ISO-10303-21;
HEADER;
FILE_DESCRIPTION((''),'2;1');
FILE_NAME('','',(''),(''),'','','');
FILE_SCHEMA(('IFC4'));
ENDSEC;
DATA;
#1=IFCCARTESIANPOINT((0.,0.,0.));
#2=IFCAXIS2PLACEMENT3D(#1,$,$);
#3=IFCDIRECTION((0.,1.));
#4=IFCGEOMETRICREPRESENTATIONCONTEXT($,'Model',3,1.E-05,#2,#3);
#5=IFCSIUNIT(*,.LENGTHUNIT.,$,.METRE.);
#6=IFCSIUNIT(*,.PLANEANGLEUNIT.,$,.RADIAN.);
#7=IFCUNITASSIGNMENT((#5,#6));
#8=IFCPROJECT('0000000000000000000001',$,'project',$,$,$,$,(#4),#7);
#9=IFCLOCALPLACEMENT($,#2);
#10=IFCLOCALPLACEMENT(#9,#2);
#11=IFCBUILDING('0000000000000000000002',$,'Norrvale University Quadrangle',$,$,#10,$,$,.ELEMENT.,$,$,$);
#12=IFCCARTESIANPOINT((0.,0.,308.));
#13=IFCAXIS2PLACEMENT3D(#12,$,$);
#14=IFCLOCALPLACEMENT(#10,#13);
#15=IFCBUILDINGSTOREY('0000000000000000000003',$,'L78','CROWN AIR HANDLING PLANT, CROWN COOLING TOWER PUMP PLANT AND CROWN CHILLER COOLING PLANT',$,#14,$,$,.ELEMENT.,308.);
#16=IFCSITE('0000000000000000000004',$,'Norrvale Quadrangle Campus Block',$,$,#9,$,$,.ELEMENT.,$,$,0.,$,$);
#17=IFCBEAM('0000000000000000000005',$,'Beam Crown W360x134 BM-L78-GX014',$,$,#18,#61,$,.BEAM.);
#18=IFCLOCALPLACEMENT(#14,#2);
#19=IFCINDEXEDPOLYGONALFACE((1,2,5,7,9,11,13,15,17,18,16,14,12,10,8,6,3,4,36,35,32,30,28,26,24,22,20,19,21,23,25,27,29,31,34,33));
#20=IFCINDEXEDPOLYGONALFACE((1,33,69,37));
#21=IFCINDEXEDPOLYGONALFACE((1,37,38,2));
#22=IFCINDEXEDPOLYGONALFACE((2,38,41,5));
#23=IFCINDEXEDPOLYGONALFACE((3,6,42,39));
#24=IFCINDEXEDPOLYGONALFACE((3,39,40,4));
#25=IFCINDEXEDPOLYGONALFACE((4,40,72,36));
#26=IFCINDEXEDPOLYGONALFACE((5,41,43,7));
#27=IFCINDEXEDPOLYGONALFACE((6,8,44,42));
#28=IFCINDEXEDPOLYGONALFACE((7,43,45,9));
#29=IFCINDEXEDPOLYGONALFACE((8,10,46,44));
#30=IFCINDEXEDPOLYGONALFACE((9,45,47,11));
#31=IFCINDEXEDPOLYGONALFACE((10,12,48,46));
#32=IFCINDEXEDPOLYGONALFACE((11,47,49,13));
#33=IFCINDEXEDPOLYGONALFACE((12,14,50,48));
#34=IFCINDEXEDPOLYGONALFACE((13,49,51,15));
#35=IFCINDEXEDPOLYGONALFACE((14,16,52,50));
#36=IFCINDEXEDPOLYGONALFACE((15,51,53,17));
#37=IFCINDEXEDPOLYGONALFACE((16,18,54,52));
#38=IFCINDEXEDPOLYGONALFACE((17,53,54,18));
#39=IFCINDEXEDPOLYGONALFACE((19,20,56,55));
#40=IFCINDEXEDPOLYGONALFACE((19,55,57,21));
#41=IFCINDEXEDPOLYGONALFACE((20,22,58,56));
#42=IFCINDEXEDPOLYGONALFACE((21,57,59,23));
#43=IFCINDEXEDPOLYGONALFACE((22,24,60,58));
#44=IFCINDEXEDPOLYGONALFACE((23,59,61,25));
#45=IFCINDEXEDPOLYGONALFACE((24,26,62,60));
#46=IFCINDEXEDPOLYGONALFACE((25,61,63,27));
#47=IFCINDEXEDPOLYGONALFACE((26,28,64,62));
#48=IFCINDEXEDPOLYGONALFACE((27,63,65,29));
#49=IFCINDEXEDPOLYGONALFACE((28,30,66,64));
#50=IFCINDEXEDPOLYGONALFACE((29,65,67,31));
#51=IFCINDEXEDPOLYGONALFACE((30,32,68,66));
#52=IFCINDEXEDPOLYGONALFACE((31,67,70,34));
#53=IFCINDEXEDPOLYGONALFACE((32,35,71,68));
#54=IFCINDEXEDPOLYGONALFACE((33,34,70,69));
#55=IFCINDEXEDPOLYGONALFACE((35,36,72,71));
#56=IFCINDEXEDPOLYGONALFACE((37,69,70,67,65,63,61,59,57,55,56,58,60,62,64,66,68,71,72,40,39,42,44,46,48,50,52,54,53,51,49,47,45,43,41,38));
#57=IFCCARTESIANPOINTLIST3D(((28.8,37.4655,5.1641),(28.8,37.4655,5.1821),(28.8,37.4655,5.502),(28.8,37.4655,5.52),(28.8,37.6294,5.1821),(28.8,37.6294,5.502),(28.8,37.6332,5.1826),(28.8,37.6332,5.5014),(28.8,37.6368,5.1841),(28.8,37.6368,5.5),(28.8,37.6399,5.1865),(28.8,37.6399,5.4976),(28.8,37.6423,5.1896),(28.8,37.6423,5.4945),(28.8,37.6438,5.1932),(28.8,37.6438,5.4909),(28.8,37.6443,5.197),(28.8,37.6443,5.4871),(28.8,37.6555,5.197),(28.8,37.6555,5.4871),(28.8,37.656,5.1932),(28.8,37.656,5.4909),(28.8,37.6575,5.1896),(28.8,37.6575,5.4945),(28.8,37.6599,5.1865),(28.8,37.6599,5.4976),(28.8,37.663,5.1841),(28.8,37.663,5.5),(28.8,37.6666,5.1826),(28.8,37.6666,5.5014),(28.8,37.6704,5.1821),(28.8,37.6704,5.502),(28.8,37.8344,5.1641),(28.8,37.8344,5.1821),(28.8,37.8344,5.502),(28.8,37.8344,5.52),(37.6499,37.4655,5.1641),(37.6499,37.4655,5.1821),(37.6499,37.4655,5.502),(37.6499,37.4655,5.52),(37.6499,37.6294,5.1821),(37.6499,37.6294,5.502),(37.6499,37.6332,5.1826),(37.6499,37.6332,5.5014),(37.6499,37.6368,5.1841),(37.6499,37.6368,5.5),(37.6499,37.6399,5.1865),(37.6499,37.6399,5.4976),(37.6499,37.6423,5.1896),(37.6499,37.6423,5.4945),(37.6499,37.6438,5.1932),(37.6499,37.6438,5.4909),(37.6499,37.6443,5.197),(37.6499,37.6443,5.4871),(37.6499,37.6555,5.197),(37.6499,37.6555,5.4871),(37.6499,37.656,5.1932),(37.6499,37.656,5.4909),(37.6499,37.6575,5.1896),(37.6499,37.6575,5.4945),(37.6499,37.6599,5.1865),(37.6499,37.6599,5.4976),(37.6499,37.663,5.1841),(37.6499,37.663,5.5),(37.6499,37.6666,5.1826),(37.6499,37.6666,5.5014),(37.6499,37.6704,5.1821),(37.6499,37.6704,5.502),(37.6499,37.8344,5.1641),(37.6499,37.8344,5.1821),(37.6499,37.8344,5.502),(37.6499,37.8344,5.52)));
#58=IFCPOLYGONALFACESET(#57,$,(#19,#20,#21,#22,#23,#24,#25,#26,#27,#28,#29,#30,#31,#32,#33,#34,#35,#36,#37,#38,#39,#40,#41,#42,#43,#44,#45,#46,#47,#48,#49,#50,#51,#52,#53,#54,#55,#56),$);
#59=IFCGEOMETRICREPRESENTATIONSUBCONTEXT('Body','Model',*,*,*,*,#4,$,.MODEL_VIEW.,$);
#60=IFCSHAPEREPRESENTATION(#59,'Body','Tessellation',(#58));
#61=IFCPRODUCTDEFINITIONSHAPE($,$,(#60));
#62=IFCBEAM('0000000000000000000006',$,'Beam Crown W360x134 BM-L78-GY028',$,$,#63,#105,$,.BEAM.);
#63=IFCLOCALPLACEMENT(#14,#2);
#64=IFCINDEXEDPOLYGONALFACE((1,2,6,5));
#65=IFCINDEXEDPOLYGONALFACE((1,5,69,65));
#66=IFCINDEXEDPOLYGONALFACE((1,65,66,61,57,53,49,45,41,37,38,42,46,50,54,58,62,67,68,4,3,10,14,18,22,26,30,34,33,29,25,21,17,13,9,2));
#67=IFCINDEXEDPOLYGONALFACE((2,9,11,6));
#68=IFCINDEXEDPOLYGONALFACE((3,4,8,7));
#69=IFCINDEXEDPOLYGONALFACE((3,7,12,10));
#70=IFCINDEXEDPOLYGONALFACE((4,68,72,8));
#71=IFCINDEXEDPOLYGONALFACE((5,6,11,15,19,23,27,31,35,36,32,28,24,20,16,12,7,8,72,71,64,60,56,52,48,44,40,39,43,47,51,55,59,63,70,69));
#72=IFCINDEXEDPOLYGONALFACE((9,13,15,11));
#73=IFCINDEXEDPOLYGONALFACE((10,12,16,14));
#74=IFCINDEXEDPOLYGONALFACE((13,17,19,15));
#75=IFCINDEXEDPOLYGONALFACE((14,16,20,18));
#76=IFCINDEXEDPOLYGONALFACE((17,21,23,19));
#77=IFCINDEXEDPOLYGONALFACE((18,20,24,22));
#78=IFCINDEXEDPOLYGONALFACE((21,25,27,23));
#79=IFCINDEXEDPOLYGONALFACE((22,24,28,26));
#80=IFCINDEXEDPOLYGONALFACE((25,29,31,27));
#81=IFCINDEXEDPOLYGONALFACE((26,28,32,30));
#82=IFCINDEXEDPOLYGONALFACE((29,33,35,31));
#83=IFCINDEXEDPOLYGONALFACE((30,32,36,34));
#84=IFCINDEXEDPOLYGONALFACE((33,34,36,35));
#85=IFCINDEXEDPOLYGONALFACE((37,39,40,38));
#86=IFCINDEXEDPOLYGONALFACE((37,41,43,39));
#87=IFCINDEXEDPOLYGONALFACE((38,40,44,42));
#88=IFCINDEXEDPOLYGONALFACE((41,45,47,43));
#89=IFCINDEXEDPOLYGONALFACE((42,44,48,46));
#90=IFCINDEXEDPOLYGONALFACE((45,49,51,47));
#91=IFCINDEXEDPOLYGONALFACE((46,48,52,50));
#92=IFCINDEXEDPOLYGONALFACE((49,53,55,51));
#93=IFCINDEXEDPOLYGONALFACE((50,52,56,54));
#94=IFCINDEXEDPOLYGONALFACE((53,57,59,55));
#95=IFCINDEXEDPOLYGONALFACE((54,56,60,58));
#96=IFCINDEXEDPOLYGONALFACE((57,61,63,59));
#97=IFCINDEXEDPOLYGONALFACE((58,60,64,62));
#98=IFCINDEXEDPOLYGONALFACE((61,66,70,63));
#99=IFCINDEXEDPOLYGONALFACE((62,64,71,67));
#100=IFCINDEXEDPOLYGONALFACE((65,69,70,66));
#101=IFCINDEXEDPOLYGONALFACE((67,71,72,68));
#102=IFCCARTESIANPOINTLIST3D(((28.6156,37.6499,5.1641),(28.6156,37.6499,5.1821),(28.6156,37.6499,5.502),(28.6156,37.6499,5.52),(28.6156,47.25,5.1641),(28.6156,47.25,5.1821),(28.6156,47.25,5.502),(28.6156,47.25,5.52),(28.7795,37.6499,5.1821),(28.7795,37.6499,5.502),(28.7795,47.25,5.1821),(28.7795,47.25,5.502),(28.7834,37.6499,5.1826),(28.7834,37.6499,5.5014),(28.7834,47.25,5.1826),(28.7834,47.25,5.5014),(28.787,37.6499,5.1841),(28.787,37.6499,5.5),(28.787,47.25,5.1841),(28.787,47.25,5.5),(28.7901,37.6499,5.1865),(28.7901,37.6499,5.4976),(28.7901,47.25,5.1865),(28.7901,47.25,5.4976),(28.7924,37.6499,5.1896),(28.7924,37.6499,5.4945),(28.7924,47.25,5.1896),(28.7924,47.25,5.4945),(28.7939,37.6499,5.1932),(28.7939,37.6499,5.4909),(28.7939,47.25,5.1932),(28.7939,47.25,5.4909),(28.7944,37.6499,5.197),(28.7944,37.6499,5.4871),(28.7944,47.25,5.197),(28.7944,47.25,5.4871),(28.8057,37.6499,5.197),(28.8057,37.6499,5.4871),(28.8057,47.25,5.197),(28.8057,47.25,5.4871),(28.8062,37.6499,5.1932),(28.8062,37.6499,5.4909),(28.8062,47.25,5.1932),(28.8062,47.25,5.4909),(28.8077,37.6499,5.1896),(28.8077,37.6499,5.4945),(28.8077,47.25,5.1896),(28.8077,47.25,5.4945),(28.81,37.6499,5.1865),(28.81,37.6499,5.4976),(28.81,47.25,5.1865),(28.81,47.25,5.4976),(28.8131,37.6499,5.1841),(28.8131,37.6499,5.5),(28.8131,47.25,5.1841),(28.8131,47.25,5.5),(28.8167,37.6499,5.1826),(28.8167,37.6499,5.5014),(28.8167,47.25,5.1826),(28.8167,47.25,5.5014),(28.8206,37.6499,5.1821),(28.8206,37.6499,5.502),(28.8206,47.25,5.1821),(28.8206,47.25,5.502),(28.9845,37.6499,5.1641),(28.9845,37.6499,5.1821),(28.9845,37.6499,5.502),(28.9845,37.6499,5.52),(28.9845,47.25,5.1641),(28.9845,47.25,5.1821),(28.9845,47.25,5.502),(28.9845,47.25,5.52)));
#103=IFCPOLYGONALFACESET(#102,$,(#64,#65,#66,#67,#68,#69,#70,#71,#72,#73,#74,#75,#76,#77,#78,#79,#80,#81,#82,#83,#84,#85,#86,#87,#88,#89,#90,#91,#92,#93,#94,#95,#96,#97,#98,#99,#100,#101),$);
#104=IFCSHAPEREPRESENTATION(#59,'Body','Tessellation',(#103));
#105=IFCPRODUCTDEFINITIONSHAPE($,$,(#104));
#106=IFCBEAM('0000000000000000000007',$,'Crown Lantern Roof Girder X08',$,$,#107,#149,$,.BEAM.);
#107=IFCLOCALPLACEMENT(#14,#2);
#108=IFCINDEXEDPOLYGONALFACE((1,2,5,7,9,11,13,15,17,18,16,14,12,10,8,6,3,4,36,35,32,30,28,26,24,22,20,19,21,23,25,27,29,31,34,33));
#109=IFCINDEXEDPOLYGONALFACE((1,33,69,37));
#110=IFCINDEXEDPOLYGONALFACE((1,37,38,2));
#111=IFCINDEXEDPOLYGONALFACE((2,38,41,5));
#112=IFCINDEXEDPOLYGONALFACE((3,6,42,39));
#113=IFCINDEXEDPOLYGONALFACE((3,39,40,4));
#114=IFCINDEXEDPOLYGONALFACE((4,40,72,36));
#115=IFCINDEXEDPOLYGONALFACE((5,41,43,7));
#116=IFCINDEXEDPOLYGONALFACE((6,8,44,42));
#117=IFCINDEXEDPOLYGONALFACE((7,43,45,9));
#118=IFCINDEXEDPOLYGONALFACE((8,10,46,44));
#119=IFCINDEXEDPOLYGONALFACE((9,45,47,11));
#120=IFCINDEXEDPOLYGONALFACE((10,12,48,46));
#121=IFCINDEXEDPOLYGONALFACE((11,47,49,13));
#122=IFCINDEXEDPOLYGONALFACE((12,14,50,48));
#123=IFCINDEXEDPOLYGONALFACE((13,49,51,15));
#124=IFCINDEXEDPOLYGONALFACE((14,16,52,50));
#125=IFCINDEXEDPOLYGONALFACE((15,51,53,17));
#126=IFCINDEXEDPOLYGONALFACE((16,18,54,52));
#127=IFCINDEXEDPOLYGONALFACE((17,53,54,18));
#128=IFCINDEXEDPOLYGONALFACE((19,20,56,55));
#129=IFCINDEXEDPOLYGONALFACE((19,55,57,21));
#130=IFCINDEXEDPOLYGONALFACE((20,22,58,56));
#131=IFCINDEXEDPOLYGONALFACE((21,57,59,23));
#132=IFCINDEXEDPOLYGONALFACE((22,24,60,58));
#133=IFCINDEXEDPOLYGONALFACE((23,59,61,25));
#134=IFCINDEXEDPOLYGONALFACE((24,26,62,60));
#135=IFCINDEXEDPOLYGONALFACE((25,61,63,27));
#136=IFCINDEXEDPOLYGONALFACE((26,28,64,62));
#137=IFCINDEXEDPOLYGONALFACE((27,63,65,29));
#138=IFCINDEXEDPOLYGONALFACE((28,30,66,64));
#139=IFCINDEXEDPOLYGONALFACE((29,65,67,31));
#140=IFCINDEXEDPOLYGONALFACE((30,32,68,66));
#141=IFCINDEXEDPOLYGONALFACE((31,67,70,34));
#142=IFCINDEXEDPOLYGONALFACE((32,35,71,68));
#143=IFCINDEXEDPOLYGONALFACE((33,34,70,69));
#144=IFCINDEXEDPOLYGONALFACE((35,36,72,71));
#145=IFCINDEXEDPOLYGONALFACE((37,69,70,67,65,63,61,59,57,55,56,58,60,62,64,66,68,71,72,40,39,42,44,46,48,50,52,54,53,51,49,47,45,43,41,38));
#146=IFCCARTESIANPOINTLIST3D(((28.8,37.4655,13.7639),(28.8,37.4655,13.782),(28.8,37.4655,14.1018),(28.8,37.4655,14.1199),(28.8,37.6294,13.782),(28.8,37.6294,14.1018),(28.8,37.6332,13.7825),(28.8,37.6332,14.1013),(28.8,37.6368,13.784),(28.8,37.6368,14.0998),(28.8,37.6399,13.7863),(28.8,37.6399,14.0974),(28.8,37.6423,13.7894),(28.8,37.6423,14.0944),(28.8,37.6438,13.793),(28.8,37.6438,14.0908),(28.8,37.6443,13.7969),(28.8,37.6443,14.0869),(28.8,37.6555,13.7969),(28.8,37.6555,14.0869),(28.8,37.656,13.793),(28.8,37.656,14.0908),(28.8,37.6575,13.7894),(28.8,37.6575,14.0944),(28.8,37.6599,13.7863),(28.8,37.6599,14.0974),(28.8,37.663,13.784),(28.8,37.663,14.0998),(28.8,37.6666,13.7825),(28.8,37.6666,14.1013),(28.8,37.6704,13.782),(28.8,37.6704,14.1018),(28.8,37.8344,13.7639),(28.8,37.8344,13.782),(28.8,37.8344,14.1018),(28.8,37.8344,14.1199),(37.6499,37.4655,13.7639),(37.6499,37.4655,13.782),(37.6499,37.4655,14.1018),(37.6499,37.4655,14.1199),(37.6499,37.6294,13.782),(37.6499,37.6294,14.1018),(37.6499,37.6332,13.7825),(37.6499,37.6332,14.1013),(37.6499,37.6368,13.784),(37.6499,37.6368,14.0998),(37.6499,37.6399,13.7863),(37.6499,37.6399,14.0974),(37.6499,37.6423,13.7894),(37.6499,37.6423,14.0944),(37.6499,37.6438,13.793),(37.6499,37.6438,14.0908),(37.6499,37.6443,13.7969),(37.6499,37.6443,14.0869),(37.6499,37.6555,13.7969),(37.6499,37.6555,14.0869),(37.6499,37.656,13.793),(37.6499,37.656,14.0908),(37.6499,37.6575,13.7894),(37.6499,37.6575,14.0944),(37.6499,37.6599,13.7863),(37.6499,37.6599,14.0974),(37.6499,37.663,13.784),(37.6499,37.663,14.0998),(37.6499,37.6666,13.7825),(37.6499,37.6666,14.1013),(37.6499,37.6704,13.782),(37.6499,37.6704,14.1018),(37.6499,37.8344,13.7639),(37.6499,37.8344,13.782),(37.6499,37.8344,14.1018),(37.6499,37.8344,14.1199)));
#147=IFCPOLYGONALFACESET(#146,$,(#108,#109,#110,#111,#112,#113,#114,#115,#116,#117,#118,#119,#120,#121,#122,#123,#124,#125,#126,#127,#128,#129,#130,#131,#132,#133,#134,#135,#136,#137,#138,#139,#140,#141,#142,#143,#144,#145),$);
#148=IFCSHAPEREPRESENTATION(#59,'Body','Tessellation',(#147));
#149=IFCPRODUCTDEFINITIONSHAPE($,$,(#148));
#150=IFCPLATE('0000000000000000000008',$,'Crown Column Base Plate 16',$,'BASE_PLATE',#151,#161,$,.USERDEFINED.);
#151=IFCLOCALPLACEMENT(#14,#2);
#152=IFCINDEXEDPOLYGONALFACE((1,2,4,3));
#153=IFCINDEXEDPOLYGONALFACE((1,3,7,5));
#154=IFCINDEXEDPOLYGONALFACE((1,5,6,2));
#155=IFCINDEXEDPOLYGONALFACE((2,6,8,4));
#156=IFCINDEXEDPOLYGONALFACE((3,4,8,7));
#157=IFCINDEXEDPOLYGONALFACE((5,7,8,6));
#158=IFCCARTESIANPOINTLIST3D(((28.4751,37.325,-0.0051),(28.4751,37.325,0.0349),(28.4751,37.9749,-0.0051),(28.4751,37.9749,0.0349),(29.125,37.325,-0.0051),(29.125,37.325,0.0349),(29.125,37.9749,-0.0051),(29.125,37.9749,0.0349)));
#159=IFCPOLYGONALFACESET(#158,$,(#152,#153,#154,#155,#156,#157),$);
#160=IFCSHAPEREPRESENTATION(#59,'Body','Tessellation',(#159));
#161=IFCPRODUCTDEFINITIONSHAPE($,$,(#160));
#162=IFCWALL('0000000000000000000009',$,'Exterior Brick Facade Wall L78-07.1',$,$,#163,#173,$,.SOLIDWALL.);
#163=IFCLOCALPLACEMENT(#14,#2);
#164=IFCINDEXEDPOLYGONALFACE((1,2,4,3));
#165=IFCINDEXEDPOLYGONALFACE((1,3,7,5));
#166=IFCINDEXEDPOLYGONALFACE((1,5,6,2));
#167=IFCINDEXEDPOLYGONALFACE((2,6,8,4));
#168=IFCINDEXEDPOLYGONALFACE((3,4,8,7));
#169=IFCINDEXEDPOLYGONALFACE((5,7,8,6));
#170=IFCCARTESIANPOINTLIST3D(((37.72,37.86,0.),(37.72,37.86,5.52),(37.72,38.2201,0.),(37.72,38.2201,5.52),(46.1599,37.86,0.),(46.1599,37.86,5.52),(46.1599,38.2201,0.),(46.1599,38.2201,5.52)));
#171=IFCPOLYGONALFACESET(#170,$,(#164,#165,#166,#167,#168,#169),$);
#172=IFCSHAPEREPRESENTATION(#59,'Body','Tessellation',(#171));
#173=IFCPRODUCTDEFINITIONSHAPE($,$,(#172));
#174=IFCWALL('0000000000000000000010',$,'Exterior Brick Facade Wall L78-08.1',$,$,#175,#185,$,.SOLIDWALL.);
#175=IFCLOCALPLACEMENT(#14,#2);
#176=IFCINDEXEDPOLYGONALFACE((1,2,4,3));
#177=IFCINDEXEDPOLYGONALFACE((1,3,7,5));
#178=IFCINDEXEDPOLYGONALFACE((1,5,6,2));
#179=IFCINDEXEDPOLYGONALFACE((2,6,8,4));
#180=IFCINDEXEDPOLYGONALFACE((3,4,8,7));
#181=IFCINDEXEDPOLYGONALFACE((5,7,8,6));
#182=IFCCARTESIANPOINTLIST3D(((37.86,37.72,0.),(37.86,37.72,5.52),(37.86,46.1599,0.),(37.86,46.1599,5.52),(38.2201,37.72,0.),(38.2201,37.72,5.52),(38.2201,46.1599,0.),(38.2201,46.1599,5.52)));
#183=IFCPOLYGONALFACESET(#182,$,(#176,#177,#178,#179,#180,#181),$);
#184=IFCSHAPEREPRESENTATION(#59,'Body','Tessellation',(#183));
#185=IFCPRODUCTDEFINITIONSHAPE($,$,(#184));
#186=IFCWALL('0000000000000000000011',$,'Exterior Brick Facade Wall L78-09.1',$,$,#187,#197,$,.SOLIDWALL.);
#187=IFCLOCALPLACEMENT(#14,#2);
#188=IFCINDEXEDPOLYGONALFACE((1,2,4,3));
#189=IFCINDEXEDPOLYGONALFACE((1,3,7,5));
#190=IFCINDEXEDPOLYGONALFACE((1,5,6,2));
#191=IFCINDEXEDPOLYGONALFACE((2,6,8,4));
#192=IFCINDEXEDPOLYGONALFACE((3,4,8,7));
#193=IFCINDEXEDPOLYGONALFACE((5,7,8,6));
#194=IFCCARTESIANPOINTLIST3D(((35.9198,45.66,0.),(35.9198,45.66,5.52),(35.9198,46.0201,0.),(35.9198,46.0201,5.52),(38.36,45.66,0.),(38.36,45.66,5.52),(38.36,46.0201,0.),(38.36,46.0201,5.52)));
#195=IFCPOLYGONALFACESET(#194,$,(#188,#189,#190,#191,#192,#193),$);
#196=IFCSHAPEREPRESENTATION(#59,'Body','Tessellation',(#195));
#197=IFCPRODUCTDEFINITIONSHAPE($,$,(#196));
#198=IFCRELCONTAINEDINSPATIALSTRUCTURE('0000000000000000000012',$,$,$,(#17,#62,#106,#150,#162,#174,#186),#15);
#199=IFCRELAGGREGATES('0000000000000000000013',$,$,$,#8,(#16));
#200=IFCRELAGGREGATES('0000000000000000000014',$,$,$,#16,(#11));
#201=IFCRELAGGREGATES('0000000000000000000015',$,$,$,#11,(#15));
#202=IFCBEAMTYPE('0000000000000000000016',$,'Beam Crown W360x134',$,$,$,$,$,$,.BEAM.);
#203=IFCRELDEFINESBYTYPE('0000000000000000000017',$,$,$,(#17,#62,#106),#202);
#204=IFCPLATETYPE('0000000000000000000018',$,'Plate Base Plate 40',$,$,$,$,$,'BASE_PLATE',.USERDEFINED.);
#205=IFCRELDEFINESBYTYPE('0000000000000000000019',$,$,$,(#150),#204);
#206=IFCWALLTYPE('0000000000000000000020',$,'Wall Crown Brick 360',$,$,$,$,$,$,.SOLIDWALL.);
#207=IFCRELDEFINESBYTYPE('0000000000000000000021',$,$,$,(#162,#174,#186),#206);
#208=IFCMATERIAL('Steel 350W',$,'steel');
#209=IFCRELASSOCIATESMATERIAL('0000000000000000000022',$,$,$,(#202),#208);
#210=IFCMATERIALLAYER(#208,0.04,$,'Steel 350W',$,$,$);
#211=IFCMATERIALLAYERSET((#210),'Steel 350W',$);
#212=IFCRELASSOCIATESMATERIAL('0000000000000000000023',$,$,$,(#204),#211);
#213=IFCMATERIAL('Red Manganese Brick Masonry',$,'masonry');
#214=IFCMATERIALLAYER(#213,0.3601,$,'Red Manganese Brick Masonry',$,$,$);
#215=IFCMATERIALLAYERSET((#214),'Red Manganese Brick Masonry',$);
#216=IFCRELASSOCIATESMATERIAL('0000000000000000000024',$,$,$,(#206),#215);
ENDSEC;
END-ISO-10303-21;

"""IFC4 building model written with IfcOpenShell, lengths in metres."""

from ifc_helpers import new_model, si_unit, direction, frame, frame_2d, origin, origin_2d, place, context, subcontext, project, spatial, rectangle, i_section, extrude, material, layer, layer_set, material_profile, profile_set, type_object, element, save


model = new_model("IFC4")

# Units and contexts
model_context = context("Model", 3, precision=1e-05, world=origin(), true_north=direction((0.0, 1.0)))
body_context = subcontext(model_context, "Body", "Model", "MODEL_VIEW")
ifc_project = project(units=[si_unit("LENGTHUNIT", "METRE"), si_unit("PLANEANGLEUNIT", "RADIAN")], contexts=[model_context])

# Site, building, storey
site_placement = place(None, origin())
site = spatial("IfcSite", under=ifc_project, at=site_placement, Name="Norrvale Quadrangle Campus Block", CompositionType="ELEMENT", RefElevation=0.0)
building_placement = place(site_placement, origin())
building = spatial("IfcBuilding", under=site, at=building_placement, Name="Norrvale University Quadrangle", CompositionType="ELEMENT")
storey_placement = place(building_placement, frame((0.0, 0.0, 308.0)))
storey = spatial("IfcBuildingStorey", under=building, at=storey_placement, Name="L78", Description="CROWN AIR HANDLING PLANT, CROWN COOLING TOWER PUMP PLANT AND CROWN CHILLER COOLING PLANT", CompositionType="ELEMENT", Elevation=308.0)

# Shared definitions
ifc_material_1 = material(Name="Steel 350W", Category="steel")

# Beams
ifc_material_profile_1 = material_profile(ifc_material_1, i_section(OverallWidth=0.3689, OverallDepth=0.356, WebThickness=0.0112, FlangeThickness=0.0181, FilletRadius=0.0149, at=origin_2d()), Name="Steel 350W")
ifc_profile_set_1 = profile_set([ifc_material_profile_1], Name="Steel 350W")
beam_type = type_object("IfcBeamType", Name="Beam Crown W360x134", PredefinedType="BEAM", material=ifc_profile_set_1)
beam_1_placement = place(storey_placement, frame((28.8, 37.6499, 5.342), z_axis=(1.0, 0.0, 0.0), x_axis=(0.0, 1.0, 0.0)))
element("IfcBeam", 1, at=beam_1_placement, inside=storey, type_object=beam_type, Name="Beam Crown W360x134 BM-L78-GX014", PredefinedType="BEAM", context=body_context, shape_type="SweptSolid", body=[
    extrude(i_section(OverallWidth=0.3689, OverallDepth=0.356, WebThickness=0.0112, FlangeThickness=0.0181, FilletRadius=0.0149, at=origin_2d()), origin(), (0.0, 0.0, 1.0), 8.8499),
])
beam_2_placement = place(storey_placement, frame((28.8, 37.6499, 5.342), z_axis=(0.0, 1.0, 0.0), x_axis=(-1.0, 0.0, 0.0)))
element("IfcBeam", 2, at=beam_2_placement, inside=storey, type_object=beam_type, Name="Beam Crown W360x134 BM-L78-GY028", PredefinedType="BEAM", context=body_context, shape_type="SweptSolid", body=[
    extrude(i_section(OverallWidth=0.3689, OverallDepth=0.356, WebThickness=0.0112, FlangeThickness=0.0181, FilletRadius=0.0149, at=origin_2d()), origin(), (0.0, 0.0, 1.0), 9.6001),
])
beam_3_placement = place(storey_placement, frame((28.8, 37.6499, 13.9419), z_axis=(1.0, 0.0, 0.0), x_axis=(0.0, 1.0, 0.0)))
element("IfcBeam", 3, at=beam_3_placement, inside=storey, type_object=beam_type, Name="Crown Lantern Roof Girder X08", PredefinedType="BEAM", context=body_context, shape_type="SweptSolid", body=[
    extrude(i_section(OverallWidth=0.3689, OverallDepth=0.356, WebThickness=0.0112, FlangeThickness=0.0181, FilletRadius=0.0149, at=origin_2d()), origin(), (0.0, 0.0, 1.0), 8.8499),
])

# Plate
ifc_layer_1 = layer(ifc_material_1, 0.04, Name="Steel 350W")
ifc_layer_set_1 = layer_set([ifc_layer_1], Name="Steel 350W")
plate_type_1 = type_object("IfcPlateType", Name="Plate Base Plate 40", ElementType="BASE_PLATE", PredefinedType="USERDEFINED", material=ifc_layer_set_1)
plate_1_placement = place(storey_placement, frame((28.8, 37.6499, -0.0051), z_axis=(0.0, 0.0, 1.0), x_axis=(1.0, 0.0, 0.0)))
element("IfcPlate", 4, at=plate_1_placement, inside=storey, type_object=plate_type_1, Name="Crown Column Base Plate 16", ObjectType="BASE_PLATE", PredefinedType="USERDEFINED", context=body_context, shape_type="SweptSolid", body=[
    extrude(rectangle(XDim=0.6499, YDim=0.6499, at=origin_2d()), origin(), (0.0, 0.0, 1.0), 0.04),
])

# Walls
ifc_material_2 = material(Name="Red Manganese Brick Masonry", Category="masonry")
ifc_layer_2 = layer(ifc_material_2, 0.3601, Name="Red Manganese Brick Masonry")
ifc_layer_set_2 = layer_set([ifc_layer_2], Name="Red Manganese Brick Masonry")
wall_type_1 = type_object("IfcWallType", Name="Wall Crown Brick 360", PredefinedType="SOLIDWALL", material=ifc_layer_set_2)
for number, where, z_axis, x_axis, name in (
    (5, (46.1599, 38.04, 0.0), (0.0, 0.0, 1.0), (-1.0, 0.0, 0.0), "Exterior Brick Facade Wall L78-07.1"),
    (6, (38.04, 37.72, 0.0), (0.0, 0.0, 1.0), (0.0, 1.0, 0.0), "Exterior Brick Facade Wall L78-08.1"),
):
    element("IfcWall", number, at=place(storey_placement, frame(where, z_axis=z_axis, x_axis=x_axis)), inside=storey, type_object=wall_type_1, Name=name, PredefinedType="SOLIDWALL", context=body_context, shape_type="SweptSolid", body=[
        extrude(rectangle(XDim=8.4399, YDim=0.3601, at=frame_2d((4.22, 0.0))), origin(), (0.0, 0.0, 1.0), 5.52),
    ])
wall_1_placement = place(storey_placement, frame((38.3601, 45.8401, 0.0), z_axis=(0.0, 0.0, 1.0), x_axis=(-1.0, 0.0, 0.0)))
element("IfcWall", 7, at=wall_1_placement, inside=storey, type_object=wall_type_1, Name="Exterior Brick Facade Wall L78-09.1", PredefinedType="SOLIDWALL", context=body_context, shape_type="SweptSolid", body=[
    extrude(rectangle(XDim=2.4402, YDim=0.3601, at=frame_2d((1.2202, 0.0))), origin(), (0.0, 0.0, 1.0), 5.52),
])

save(model, "model.ifc")
